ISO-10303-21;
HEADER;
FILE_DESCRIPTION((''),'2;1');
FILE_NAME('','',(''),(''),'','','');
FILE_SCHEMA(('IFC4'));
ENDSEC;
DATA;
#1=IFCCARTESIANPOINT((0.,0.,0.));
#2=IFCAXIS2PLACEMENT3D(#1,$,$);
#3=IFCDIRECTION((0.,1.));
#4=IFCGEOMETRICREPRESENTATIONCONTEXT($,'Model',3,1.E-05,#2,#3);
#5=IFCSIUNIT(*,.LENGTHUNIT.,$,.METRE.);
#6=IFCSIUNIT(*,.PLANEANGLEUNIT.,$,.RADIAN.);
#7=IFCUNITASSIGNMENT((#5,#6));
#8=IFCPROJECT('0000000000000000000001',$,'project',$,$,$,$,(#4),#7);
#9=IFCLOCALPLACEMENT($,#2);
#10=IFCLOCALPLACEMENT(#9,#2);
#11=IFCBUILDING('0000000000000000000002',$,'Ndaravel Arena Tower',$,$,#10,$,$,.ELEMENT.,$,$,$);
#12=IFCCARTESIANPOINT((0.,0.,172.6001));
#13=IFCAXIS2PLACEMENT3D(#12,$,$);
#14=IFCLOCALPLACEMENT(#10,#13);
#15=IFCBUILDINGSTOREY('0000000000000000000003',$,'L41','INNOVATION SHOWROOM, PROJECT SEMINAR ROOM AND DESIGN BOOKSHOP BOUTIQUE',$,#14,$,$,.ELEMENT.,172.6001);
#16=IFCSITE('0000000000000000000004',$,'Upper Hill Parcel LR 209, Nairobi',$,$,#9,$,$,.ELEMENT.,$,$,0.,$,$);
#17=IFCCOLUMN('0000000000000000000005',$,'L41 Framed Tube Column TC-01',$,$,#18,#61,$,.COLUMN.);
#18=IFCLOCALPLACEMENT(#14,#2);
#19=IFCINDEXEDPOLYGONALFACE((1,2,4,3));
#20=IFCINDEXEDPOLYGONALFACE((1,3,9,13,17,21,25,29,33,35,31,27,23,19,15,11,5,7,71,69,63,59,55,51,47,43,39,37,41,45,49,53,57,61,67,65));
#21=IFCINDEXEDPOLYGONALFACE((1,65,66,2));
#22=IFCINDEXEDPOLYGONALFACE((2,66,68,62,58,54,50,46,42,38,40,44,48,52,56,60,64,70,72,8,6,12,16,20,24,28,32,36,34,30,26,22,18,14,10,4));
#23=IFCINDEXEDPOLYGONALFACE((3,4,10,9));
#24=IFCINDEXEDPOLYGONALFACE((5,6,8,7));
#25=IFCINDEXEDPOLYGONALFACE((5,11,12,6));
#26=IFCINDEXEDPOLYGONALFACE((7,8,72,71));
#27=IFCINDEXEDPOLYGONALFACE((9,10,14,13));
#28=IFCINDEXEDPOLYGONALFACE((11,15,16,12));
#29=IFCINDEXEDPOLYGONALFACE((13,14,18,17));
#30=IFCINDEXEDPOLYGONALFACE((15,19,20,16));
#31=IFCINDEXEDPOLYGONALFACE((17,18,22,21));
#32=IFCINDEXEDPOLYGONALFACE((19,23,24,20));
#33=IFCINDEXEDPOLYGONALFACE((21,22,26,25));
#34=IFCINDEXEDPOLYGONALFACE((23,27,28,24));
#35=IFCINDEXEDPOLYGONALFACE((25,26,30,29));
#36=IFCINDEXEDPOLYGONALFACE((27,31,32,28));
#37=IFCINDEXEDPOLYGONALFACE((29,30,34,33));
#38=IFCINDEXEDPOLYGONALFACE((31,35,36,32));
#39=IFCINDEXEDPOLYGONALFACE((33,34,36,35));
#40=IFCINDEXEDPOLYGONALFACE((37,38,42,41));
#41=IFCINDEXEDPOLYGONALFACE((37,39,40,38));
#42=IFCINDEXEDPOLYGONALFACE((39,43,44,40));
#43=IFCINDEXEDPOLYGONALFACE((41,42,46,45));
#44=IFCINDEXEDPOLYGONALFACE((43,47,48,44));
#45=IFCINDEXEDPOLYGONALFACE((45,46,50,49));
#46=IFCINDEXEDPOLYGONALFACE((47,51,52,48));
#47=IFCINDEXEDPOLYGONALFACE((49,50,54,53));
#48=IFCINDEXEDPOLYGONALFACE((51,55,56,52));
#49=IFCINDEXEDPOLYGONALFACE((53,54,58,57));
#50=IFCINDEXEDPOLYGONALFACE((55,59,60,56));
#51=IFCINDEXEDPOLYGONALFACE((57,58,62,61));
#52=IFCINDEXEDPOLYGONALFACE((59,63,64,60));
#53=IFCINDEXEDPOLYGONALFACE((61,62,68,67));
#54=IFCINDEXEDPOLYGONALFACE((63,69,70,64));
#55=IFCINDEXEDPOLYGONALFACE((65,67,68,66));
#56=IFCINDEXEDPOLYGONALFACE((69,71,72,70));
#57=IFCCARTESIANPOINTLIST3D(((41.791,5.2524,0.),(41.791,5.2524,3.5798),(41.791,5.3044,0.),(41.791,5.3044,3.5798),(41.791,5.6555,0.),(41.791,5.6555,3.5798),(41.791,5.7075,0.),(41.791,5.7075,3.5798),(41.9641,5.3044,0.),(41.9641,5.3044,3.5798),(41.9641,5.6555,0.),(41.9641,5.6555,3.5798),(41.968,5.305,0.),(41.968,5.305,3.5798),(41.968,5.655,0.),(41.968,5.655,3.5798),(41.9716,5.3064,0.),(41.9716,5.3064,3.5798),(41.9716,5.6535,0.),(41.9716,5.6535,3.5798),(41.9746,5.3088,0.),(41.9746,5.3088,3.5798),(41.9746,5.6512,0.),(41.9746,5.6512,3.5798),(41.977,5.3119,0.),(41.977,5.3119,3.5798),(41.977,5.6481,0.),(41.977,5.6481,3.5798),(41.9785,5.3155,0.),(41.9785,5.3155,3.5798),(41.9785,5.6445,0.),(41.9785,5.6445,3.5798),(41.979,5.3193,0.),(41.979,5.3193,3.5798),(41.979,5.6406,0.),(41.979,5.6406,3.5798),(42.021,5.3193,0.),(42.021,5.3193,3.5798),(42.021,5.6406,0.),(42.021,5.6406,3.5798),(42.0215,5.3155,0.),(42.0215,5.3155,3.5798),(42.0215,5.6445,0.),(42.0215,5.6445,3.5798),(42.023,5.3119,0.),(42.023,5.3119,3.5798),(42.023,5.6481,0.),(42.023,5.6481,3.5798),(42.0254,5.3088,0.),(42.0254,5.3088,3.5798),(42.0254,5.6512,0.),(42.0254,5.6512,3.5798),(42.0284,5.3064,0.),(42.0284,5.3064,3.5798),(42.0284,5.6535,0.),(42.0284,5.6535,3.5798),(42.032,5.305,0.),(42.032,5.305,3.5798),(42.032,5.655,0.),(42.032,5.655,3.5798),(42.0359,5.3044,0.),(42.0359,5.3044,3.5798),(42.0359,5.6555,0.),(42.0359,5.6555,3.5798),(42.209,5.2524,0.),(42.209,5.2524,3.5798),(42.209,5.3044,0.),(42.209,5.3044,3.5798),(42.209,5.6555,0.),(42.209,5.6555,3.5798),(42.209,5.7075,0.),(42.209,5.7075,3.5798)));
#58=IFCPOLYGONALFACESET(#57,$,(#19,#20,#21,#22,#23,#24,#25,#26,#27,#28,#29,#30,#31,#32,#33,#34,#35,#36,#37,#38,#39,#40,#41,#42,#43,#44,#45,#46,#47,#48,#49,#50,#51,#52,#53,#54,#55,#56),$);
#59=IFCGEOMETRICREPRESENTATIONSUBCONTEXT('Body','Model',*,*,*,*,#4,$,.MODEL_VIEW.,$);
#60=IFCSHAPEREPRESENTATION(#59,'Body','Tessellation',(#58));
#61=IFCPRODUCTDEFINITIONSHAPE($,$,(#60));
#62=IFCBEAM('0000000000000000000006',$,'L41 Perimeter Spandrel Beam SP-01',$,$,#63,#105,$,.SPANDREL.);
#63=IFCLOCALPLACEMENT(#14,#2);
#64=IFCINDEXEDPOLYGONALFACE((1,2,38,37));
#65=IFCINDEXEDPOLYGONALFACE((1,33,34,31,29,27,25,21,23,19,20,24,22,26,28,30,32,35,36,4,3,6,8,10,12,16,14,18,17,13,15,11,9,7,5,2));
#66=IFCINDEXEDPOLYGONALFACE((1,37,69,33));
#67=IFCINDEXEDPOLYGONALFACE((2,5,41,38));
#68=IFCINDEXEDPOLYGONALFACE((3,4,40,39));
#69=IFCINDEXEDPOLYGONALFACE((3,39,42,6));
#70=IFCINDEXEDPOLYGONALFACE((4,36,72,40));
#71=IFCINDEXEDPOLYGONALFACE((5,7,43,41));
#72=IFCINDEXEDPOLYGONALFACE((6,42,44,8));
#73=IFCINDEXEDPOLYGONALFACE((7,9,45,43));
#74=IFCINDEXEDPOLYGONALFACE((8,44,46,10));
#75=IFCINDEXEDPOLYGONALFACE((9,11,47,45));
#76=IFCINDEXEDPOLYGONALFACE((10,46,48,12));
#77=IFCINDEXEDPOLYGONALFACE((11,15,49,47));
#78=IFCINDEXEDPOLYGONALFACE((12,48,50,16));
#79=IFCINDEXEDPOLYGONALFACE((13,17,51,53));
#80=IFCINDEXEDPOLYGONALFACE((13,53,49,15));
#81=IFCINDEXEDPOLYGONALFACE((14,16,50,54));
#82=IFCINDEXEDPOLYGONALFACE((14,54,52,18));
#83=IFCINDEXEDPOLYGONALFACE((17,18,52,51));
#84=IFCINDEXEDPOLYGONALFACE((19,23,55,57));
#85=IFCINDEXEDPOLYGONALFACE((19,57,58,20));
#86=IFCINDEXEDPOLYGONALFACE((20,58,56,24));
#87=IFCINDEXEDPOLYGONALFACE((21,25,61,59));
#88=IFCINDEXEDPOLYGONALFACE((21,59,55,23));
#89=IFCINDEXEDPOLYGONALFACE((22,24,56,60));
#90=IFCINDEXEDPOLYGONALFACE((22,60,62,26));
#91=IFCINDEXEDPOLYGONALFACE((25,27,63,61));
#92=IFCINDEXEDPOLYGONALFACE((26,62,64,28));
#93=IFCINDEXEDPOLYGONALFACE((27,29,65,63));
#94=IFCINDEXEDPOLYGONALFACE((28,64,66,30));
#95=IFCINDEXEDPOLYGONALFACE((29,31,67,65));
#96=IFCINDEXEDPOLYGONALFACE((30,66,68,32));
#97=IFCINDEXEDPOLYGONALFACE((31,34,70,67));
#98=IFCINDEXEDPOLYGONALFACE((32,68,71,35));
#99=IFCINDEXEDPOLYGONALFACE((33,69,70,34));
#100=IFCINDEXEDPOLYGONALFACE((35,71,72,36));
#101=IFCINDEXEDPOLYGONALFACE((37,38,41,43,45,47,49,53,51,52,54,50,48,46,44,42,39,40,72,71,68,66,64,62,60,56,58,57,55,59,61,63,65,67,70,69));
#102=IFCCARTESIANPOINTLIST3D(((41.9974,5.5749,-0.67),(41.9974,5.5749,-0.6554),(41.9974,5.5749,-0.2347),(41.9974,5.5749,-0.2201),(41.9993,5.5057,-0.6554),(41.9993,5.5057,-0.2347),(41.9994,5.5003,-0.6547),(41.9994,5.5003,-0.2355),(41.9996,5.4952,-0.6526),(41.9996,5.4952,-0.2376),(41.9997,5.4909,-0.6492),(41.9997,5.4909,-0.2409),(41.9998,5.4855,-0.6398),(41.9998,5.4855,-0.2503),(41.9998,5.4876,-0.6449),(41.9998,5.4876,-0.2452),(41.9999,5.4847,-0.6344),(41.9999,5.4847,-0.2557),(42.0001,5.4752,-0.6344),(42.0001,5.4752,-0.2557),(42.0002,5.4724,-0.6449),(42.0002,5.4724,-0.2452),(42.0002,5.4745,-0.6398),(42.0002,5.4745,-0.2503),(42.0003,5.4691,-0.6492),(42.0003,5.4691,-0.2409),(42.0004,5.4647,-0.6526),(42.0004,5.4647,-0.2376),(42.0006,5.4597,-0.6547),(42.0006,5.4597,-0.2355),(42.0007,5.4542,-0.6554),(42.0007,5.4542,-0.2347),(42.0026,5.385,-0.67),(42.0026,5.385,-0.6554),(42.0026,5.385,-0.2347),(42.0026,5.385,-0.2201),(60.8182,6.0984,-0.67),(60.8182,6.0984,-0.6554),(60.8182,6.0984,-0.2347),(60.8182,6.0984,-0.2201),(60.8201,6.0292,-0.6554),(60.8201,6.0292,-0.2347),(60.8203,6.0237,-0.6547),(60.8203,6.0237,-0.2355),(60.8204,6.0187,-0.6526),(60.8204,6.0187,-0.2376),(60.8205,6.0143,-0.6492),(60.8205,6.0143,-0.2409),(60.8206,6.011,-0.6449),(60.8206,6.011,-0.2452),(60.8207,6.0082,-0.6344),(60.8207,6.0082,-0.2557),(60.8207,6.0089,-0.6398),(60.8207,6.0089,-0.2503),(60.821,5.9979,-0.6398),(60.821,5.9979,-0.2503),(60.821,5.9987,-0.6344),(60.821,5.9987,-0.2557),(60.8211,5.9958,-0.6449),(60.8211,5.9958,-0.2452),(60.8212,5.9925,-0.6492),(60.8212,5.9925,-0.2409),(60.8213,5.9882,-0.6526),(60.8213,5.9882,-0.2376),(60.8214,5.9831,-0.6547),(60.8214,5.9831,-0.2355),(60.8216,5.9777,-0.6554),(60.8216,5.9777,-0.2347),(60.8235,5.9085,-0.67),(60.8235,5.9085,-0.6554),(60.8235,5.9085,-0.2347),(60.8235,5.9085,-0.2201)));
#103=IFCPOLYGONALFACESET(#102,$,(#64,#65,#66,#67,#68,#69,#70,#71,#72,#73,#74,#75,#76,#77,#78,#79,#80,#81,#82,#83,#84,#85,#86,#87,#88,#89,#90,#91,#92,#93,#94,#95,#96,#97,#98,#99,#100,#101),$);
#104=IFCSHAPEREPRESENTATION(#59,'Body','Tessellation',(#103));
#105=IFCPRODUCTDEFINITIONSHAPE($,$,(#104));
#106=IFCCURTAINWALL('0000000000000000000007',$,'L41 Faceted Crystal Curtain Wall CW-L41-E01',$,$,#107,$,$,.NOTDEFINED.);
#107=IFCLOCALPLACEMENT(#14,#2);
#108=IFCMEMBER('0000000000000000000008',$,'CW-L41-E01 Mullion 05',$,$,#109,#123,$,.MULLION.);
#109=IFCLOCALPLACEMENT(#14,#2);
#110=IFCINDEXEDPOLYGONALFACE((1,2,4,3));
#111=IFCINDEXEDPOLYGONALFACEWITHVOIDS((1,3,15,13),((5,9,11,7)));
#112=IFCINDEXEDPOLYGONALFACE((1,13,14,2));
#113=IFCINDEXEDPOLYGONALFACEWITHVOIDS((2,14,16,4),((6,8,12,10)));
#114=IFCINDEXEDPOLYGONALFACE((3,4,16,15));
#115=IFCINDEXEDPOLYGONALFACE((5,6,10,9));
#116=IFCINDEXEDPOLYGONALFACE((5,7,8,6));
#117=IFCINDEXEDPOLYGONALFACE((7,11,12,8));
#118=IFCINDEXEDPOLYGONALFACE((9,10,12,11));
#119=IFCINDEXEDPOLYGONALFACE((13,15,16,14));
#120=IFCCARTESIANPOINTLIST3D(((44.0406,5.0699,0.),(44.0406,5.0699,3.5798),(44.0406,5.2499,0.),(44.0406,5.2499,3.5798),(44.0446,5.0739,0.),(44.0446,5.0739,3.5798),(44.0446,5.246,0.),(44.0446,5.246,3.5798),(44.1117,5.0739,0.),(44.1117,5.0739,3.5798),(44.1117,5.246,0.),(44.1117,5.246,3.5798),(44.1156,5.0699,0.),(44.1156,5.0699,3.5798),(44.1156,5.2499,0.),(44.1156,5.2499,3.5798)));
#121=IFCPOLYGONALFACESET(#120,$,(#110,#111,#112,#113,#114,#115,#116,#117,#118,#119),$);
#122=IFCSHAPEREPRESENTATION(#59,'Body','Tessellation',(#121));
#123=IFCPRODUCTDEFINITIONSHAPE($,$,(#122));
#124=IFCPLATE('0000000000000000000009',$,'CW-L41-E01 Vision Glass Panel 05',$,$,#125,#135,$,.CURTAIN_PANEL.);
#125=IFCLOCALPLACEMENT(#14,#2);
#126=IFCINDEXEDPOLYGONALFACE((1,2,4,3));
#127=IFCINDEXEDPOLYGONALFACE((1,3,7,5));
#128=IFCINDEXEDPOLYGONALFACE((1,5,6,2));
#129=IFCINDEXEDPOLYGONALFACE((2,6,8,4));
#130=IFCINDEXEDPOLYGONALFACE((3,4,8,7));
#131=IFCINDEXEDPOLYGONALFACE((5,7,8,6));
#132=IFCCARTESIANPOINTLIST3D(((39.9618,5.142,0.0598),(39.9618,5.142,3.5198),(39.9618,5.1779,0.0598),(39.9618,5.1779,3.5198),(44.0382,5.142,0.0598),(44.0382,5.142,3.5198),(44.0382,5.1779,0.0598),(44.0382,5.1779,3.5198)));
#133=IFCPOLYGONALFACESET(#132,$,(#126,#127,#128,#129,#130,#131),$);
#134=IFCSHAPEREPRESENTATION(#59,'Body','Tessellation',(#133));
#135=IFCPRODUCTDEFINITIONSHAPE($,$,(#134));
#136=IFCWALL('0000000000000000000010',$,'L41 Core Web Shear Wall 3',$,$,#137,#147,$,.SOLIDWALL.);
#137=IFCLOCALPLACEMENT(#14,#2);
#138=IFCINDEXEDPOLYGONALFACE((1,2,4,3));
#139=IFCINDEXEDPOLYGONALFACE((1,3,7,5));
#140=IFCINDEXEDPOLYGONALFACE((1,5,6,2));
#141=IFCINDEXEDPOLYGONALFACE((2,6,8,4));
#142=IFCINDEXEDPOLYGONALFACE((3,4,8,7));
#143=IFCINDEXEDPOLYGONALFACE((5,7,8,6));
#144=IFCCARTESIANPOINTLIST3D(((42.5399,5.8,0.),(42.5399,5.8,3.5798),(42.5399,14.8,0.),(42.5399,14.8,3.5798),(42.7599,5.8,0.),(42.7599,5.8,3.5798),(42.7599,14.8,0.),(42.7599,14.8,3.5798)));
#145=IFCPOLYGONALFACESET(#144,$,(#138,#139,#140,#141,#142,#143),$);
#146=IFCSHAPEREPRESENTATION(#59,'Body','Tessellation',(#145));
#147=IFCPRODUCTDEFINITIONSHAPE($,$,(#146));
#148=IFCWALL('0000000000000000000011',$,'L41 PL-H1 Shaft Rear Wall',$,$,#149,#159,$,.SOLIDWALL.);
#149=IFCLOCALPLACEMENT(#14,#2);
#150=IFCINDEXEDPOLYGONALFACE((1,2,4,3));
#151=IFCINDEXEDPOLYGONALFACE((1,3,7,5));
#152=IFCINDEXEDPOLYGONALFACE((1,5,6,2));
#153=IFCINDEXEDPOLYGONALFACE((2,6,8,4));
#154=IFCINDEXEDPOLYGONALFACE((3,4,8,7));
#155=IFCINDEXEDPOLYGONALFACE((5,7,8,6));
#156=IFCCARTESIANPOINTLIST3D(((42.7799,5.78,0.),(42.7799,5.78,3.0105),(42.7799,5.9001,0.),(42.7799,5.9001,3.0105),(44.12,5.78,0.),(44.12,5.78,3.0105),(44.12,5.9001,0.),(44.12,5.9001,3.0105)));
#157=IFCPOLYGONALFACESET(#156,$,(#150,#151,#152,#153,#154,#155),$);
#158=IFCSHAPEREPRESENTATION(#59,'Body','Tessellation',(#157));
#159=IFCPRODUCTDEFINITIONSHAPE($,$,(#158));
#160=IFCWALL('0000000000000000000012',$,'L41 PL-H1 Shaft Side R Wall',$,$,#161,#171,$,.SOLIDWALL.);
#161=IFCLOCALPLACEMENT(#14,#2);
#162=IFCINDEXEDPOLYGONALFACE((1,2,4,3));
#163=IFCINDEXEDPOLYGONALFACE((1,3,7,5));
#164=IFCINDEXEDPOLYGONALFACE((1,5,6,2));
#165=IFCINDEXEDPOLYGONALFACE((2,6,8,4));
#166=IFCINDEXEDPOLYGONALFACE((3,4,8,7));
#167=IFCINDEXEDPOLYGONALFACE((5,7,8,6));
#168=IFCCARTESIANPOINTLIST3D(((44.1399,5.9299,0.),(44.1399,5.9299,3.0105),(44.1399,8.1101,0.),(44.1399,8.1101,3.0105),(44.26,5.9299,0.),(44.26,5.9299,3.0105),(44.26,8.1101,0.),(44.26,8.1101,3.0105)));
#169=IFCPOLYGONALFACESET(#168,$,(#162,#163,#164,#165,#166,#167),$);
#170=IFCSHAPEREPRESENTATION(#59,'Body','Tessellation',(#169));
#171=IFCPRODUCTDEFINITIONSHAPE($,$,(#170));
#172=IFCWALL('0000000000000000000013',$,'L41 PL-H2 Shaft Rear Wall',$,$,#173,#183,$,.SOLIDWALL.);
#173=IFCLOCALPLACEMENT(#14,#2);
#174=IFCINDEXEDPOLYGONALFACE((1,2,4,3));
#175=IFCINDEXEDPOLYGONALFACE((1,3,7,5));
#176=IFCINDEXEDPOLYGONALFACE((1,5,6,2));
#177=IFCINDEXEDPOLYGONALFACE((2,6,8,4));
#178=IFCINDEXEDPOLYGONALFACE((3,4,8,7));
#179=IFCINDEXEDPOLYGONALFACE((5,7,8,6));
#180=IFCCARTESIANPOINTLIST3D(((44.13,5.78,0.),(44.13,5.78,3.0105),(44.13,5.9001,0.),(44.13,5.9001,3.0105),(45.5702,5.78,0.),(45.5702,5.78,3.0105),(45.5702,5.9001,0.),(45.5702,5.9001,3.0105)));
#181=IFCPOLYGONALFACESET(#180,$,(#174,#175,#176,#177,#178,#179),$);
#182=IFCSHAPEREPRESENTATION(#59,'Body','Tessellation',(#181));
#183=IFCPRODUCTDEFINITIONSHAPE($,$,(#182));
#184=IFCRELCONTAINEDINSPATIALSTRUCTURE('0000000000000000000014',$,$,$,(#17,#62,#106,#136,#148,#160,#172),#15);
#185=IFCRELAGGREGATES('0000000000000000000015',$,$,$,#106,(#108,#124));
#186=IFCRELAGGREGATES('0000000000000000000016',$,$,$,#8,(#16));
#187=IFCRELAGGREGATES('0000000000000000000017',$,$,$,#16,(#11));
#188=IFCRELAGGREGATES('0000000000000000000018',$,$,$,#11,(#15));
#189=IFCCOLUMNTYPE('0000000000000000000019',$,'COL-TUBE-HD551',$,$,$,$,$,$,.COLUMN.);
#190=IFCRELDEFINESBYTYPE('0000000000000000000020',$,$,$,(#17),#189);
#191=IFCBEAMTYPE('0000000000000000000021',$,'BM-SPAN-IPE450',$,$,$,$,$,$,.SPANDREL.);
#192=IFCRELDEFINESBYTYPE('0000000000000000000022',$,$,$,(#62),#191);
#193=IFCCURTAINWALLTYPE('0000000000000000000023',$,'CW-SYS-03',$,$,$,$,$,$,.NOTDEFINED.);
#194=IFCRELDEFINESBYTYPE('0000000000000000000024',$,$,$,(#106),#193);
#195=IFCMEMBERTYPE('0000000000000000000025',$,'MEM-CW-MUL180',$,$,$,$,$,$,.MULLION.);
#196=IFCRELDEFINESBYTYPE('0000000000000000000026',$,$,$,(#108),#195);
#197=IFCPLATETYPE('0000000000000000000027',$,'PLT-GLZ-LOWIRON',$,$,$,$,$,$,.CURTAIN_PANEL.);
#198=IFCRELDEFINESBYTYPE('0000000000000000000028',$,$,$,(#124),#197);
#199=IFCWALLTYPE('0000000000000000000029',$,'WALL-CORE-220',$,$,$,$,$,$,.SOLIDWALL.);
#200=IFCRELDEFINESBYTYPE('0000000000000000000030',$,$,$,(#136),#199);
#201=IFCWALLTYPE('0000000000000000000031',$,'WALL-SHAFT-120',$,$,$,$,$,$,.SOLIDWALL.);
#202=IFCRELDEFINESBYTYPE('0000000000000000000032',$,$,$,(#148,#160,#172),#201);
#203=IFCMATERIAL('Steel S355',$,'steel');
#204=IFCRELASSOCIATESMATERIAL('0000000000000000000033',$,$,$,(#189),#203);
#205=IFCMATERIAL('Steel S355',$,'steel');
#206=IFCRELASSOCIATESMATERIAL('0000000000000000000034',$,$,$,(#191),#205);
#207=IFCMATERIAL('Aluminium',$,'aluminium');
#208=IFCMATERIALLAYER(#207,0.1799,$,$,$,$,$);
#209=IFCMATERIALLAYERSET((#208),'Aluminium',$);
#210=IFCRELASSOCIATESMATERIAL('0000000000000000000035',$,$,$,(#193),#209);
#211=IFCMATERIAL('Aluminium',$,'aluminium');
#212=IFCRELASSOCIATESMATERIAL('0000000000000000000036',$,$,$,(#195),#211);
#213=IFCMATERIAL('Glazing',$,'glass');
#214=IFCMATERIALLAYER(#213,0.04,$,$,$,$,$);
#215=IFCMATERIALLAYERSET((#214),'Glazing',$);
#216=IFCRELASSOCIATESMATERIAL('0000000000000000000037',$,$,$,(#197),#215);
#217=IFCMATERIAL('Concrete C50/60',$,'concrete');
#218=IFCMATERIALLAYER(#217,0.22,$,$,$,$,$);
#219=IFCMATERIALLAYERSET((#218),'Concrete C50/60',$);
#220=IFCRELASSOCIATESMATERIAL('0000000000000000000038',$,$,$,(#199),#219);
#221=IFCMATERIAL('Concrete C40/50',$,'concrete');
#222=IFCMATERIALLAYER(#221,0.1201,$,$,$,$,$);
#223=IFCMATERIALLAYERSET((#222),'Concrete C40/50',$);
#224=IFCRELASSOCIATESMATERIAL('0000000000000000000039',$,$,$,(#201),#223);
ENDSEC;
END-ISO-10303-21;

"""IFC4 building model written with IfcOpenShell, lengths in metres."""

from ifc_helpers import new_model, si_unit, direction, frame, frame_2d, origin, origin_2d, place, context, subcontext, project, spatial, rectangle, hollow_rectangle, i_section, extrude, material, layer, layer_set, material_profile, profile_set, type_object, element, aggregate, save


model = new_model("IFC4")

# Units and contexts
model_context = context("Model", 3, precision=1e-05, world=origin(), true_north=direction((0.0, 1.0)))
body_context = subcontext(model_context, "Body", "Model", "MODEL_VIEW")
ifc_project = project(units=[si_unit("LENGTHUNIT", "METRE"), si_unit("PLANEANGLEUNIT", "RADIAN")], contexts=[model_context])

# Site, building, storey
site_placement = place(None, origin())
site = spatial("IfcSite", under=ifc_project, at=site_placement, Name="Upper Hill Parcel LR 209, Nairobi", CompositionType="ELEMENT", RefElevation=0.0)
building_placement = place(site_placement, origin())
building = spatial("IfcBuilding", under=site, at=building_placement, Name="Ndaravel Arena Tower", CompositionType="ELEMENT")
storey_placement = place(building_placement, frame((0.0, 0.0, 172.6001)))
storey = spatial("IfcBuildingStorey", under=building, at=storey_placement, Name="L41", Description="INNOVATION SHOWROOM, PROJECT SEMINAR ROOM AND DESIGN BOOKSHOP BOUTIQUE", CompositionType="ELEMENT", Elevation=172.6001)

# Column
ifc_material_1 = material(Name="Steel S355", Category="steel")
ifc_material_profile_1 = material_profile(ifc_material_1, i_section(OverallWidth=0.418, OverallDepth=0.4551, WebThickness=0.042, FlangeThickness=0.052, FilletRadius=0.0149, at=origin_2d()), Name="HD 400x551")
ifc_profile_set_1 = profile_set([ifc_material_profile_1], Name="Steel S355")
column_type = type_object("IfcColumnType", Name="COL-TUBE-HD551", PredefinedType="COLUMN", material=ifc_profile_set_1)
column_placement = place(storey_placement, frame((42.0, 5.48, 0.0), z_axis=(0.0, 0.0, 1.0), x_axis=(1.0, 0.0, 0.0)))
element("IfcColumn", 1, at=column_placement, inside=storey, type_object=column_type, Name="L41 Framed Tube Column TC-01", PredefinedType="COLUMN", context=body_context, shape_type="SweptSolid", body=[
    extrude(i_section(OverallWidth=0.418, OverallDepth=0.4551, WebThickness=0.042, FlangeThickness=0.052, FilletRadius=0.0149, at=origin_2d()), origin(), (0.0, 0.0, 1.0), 3.5798),
])

# Beam
ifc_material_2 = material(Name="Steel S355", Category="steel")
ifc_material_profile_2 = material_profile(ifc_material_2, i_section(OverallWidth=0.1899, OverallDepth=0.45, WebThickness=0.0095, FlangeThickness=0.0146, FilletRadius=0.021, at=origin_2d()), Name="IPE 450")
ifc_profile_set_2 = profile_set([ifc_material_profile_2], Name="Steel S355")
beam_type = type_object("IfcBeamType", Name="BM-SPAN-IPE450", PredefinedType="SPANDREL", material=ifc_profile_set_2)
beam_placement = place(storey_placement, frame((42.0, 5.48, -0.4451), z_axis=(0.999613, 0.027801, 0.0), x_axis=(-0.027801, 0.999613, 0.0)))
element("IfcBeam", 2, at=beam_placement, inside=storey, type_object=beam_type, Name="L41 Perimeter Spandrel Beam SP-01", PredefinedType="SPANDREL", context=body_context, shape_type="SweptSolid", body=[
    extrude(i_section(OverallWidth=0.1899, OverallDepth=0.45, WebThickness=0.0095, FlangeThickness=0.0146, FilletRadius=0.021, at=origin_2d()), origin(), (0.0, 0.0, 1.0), 18.8281),
])

# Curtain wall, member, plate
ifc_material_3 = material(Name="Aluminium", Category="aluminium")
ifc_layer_1 = layer(ifc_material_3, 0.1799)
ifc_layer_set_1 = layer_set([ifc_layer_1], Name="Aluminium")
curtain_wall_type = type_object("IfcCurtainWallType", Name="CW-SYS-03", PredefinedType="NOTDEFINED", material=ifc_layer_set_1)
curtain_wall_placement = place(storey_placement, origin())
curtain_wall = element("IfcCurtainWall", 3, at=curtain_wall_placement, inside=storey, type_object=curtain_wall_type, Name="L41 Faceted Crystal Curtain Wall CW-L41-E01", PredefinedType="NOTDEFINED")
ifc_material_4 = material(Name="Aluminium", Category="aluminium")
ifc_material_profile_3 = material_profile(ifc_material_4, hollow_rectangle(XDim=0.075, YDim=0.1799, WallThickness=0.0039, at=origin_2d()), Name="CW MULLION 75x180x4")
ifc_profile_set_3 = profile_set([ifc_material_profile_3], Name="Aluminium")
member_type = type_object("IfcMemberType", Name="MEM-CW-MUL180", PredefinedType="MULLION", material=ifc_profile_set_3)
member_placement = place(storey_placement, frame((44.0781, 5.1599, 0.0), z_axis=(0.0, 0.0, 1.0), x_axis=(1.0, 0.0, 0.0)))
member = element("IfcMember", 4, at=member_placement, type_object=member_type, Name="CW-L41-E01 Mullion 05", PredefinedType="MULLION", context=body_context, shape_type="SweptSolid", body=[
    extrude(hollow_rectangle(XDim=0.075, YDim=0.1799, WallThickness=0.0039, at=origin_2d()), origin(), (0.0, 0.0, 1.0), 3.5798),
])
ifc_material_5 = material(Name="Glazing", Category="glass")
ifc_layer_2 = layer(ifc_material_5, 0.04)
ifc_layer_set_2 = layer_set([ifc_layer_2], Name="Glazing")
plate_type = type_object("IfcPlateType", Name="PLT-GLZ-LOWIRON", PredefinedType="CURTAIN_PANEL", material=ifc_layer_set_2)
plate_placement = place(storey_placement, frame((42.0, 5.1599, 0.0598), z_axis=(0.0, 0.0, 1.0), x_axis=(1.0, 0.0, 0.0)))
plate = element("IfcPlate", 5, at=plate_placement, type_object=plate_type, Name="CW-L41-E01 Vision Glass Panel 05", PredefinedType="CURTAIN_PANEL", context=body_context, shape_type="SweptSolid", body=[
    extrude(rectangle(XDim=4.0764, YDim=0.0359, at=origin_2d()), origin(), (0.0, 0.0, 1.0), 3.46),
])
aggregate(curtain_wall, [member, plate])

# Walls
ifc_material_6 = material(Name="Concrete C50/60", Category="concrete")
ifc_layer_3 = layer(ifc_material_6, 0.22)
ifc_layer_set_3 = layer_set([ifc_layer_3], Name="Concrete C50/60")
wall_type_1 = type_object("IfcWallType", Name="WALL-CORE-220", PredefinedType="SOLIDWALL", material=ifc_layer_set_3)
wall_1_placement = place(storey_placement, frame((42.6499, 5.8, 0.0), z_axis=(0.0, 0.0, 1.0), x_axis=(0.0, 1.0, 0.0)))
element("IfcWall", 6, at=wall_1_placement, inside=storey, type_object=wall_type_1, Name="L41 Core Web Shear Wall 3", PredefinedType="SOLIDWALL", context=body_context, shape_type="SweptSolid", body=[
    extrude(rectangle(XDim=9.0, YDim=0.22, at=frame_2d((4.5, 0.0))), origin(), (0.0, 0.0, 1.0), 3.5798),
])
ifc_material_7 = material(Name="Concrete C40/50", Category="concrete")
ifc_layer_4 = layer(ifc_material_7, 0.1201)
ifc_layer_set_4 = layer_set([ifc_layer_4], Name="Concrete C40/50")
wall_type_2 = type_object("IfcWallType", Name="WALL-SHAFT-120", PredefinedType="SOLIDWALL", material=ifc_layer_set_4)
wall_2_placement = place(storey_placement, frame((42.78, 5.8401, 0.0), z_axis=(0.0, 0.0, 1.0), x_axis=(1.0, 0.0, 0.0)))
element("IfcWall", 7, at=wall_2_placement, inside=storey, type_object=wall_type_2, Name="L41 PL-H1 Shaft Rear Wall", PredefinedType="SOLIDWALL", context=body_context, shape_type="SweptSolid", body=[
    extrude(rectangle(XDim=1.3401, YDim=0.1201, at=frame_2d((0.6699, 0.0))), origin(), (0.0, 0.0, 1.0), 3.0105),
])
wall_3_placement = place(storey_placement, frame((44.2, 5.9299, 0.0), z_axis=(0.0, 0.0, 1.0), x_axis=(0.0, 1.0, 0.0)))
element("IfcWall", 8, at=wall_3_placement, inside=storey, type_object=wall_type_2, Name="L41 PL-H1 Shaft Side R Wall", PredefinedType="SOLIDWALL", context=body_context, shape_type="SweptSolid", body=[
    extrude(rectangle(XDim=2.1802, YDim=0.1201, at=frame_2d((1.0901, 0.0))), origin(), (0.0, 0.0, 1.0), 3.0105),
])
wall_4_placement = place(storey_placement, frame((44.1299, 5.8401, 0.0), z_axis=(0.0, 0.0, 1.0), x_axis=(1.0, 0.0, 0.0)))
element("IfcWall", 9, at=wall_4_placement, inside=storey, type_object=wall_type_2, Name="L41 PL-H2 Shaft Rear Wall", PredefinedType="SOLIDWALL", context=body_context, shape_type="SweptSolid", body=[
    extrude(rectangle(XDim=1.4402, YDim=0.1201, at=frame_2d((0.7202, 0.0))), origin(), (0.0, 0.0, 1.0), 3.0105),
])

save(model, "model.ifc")
